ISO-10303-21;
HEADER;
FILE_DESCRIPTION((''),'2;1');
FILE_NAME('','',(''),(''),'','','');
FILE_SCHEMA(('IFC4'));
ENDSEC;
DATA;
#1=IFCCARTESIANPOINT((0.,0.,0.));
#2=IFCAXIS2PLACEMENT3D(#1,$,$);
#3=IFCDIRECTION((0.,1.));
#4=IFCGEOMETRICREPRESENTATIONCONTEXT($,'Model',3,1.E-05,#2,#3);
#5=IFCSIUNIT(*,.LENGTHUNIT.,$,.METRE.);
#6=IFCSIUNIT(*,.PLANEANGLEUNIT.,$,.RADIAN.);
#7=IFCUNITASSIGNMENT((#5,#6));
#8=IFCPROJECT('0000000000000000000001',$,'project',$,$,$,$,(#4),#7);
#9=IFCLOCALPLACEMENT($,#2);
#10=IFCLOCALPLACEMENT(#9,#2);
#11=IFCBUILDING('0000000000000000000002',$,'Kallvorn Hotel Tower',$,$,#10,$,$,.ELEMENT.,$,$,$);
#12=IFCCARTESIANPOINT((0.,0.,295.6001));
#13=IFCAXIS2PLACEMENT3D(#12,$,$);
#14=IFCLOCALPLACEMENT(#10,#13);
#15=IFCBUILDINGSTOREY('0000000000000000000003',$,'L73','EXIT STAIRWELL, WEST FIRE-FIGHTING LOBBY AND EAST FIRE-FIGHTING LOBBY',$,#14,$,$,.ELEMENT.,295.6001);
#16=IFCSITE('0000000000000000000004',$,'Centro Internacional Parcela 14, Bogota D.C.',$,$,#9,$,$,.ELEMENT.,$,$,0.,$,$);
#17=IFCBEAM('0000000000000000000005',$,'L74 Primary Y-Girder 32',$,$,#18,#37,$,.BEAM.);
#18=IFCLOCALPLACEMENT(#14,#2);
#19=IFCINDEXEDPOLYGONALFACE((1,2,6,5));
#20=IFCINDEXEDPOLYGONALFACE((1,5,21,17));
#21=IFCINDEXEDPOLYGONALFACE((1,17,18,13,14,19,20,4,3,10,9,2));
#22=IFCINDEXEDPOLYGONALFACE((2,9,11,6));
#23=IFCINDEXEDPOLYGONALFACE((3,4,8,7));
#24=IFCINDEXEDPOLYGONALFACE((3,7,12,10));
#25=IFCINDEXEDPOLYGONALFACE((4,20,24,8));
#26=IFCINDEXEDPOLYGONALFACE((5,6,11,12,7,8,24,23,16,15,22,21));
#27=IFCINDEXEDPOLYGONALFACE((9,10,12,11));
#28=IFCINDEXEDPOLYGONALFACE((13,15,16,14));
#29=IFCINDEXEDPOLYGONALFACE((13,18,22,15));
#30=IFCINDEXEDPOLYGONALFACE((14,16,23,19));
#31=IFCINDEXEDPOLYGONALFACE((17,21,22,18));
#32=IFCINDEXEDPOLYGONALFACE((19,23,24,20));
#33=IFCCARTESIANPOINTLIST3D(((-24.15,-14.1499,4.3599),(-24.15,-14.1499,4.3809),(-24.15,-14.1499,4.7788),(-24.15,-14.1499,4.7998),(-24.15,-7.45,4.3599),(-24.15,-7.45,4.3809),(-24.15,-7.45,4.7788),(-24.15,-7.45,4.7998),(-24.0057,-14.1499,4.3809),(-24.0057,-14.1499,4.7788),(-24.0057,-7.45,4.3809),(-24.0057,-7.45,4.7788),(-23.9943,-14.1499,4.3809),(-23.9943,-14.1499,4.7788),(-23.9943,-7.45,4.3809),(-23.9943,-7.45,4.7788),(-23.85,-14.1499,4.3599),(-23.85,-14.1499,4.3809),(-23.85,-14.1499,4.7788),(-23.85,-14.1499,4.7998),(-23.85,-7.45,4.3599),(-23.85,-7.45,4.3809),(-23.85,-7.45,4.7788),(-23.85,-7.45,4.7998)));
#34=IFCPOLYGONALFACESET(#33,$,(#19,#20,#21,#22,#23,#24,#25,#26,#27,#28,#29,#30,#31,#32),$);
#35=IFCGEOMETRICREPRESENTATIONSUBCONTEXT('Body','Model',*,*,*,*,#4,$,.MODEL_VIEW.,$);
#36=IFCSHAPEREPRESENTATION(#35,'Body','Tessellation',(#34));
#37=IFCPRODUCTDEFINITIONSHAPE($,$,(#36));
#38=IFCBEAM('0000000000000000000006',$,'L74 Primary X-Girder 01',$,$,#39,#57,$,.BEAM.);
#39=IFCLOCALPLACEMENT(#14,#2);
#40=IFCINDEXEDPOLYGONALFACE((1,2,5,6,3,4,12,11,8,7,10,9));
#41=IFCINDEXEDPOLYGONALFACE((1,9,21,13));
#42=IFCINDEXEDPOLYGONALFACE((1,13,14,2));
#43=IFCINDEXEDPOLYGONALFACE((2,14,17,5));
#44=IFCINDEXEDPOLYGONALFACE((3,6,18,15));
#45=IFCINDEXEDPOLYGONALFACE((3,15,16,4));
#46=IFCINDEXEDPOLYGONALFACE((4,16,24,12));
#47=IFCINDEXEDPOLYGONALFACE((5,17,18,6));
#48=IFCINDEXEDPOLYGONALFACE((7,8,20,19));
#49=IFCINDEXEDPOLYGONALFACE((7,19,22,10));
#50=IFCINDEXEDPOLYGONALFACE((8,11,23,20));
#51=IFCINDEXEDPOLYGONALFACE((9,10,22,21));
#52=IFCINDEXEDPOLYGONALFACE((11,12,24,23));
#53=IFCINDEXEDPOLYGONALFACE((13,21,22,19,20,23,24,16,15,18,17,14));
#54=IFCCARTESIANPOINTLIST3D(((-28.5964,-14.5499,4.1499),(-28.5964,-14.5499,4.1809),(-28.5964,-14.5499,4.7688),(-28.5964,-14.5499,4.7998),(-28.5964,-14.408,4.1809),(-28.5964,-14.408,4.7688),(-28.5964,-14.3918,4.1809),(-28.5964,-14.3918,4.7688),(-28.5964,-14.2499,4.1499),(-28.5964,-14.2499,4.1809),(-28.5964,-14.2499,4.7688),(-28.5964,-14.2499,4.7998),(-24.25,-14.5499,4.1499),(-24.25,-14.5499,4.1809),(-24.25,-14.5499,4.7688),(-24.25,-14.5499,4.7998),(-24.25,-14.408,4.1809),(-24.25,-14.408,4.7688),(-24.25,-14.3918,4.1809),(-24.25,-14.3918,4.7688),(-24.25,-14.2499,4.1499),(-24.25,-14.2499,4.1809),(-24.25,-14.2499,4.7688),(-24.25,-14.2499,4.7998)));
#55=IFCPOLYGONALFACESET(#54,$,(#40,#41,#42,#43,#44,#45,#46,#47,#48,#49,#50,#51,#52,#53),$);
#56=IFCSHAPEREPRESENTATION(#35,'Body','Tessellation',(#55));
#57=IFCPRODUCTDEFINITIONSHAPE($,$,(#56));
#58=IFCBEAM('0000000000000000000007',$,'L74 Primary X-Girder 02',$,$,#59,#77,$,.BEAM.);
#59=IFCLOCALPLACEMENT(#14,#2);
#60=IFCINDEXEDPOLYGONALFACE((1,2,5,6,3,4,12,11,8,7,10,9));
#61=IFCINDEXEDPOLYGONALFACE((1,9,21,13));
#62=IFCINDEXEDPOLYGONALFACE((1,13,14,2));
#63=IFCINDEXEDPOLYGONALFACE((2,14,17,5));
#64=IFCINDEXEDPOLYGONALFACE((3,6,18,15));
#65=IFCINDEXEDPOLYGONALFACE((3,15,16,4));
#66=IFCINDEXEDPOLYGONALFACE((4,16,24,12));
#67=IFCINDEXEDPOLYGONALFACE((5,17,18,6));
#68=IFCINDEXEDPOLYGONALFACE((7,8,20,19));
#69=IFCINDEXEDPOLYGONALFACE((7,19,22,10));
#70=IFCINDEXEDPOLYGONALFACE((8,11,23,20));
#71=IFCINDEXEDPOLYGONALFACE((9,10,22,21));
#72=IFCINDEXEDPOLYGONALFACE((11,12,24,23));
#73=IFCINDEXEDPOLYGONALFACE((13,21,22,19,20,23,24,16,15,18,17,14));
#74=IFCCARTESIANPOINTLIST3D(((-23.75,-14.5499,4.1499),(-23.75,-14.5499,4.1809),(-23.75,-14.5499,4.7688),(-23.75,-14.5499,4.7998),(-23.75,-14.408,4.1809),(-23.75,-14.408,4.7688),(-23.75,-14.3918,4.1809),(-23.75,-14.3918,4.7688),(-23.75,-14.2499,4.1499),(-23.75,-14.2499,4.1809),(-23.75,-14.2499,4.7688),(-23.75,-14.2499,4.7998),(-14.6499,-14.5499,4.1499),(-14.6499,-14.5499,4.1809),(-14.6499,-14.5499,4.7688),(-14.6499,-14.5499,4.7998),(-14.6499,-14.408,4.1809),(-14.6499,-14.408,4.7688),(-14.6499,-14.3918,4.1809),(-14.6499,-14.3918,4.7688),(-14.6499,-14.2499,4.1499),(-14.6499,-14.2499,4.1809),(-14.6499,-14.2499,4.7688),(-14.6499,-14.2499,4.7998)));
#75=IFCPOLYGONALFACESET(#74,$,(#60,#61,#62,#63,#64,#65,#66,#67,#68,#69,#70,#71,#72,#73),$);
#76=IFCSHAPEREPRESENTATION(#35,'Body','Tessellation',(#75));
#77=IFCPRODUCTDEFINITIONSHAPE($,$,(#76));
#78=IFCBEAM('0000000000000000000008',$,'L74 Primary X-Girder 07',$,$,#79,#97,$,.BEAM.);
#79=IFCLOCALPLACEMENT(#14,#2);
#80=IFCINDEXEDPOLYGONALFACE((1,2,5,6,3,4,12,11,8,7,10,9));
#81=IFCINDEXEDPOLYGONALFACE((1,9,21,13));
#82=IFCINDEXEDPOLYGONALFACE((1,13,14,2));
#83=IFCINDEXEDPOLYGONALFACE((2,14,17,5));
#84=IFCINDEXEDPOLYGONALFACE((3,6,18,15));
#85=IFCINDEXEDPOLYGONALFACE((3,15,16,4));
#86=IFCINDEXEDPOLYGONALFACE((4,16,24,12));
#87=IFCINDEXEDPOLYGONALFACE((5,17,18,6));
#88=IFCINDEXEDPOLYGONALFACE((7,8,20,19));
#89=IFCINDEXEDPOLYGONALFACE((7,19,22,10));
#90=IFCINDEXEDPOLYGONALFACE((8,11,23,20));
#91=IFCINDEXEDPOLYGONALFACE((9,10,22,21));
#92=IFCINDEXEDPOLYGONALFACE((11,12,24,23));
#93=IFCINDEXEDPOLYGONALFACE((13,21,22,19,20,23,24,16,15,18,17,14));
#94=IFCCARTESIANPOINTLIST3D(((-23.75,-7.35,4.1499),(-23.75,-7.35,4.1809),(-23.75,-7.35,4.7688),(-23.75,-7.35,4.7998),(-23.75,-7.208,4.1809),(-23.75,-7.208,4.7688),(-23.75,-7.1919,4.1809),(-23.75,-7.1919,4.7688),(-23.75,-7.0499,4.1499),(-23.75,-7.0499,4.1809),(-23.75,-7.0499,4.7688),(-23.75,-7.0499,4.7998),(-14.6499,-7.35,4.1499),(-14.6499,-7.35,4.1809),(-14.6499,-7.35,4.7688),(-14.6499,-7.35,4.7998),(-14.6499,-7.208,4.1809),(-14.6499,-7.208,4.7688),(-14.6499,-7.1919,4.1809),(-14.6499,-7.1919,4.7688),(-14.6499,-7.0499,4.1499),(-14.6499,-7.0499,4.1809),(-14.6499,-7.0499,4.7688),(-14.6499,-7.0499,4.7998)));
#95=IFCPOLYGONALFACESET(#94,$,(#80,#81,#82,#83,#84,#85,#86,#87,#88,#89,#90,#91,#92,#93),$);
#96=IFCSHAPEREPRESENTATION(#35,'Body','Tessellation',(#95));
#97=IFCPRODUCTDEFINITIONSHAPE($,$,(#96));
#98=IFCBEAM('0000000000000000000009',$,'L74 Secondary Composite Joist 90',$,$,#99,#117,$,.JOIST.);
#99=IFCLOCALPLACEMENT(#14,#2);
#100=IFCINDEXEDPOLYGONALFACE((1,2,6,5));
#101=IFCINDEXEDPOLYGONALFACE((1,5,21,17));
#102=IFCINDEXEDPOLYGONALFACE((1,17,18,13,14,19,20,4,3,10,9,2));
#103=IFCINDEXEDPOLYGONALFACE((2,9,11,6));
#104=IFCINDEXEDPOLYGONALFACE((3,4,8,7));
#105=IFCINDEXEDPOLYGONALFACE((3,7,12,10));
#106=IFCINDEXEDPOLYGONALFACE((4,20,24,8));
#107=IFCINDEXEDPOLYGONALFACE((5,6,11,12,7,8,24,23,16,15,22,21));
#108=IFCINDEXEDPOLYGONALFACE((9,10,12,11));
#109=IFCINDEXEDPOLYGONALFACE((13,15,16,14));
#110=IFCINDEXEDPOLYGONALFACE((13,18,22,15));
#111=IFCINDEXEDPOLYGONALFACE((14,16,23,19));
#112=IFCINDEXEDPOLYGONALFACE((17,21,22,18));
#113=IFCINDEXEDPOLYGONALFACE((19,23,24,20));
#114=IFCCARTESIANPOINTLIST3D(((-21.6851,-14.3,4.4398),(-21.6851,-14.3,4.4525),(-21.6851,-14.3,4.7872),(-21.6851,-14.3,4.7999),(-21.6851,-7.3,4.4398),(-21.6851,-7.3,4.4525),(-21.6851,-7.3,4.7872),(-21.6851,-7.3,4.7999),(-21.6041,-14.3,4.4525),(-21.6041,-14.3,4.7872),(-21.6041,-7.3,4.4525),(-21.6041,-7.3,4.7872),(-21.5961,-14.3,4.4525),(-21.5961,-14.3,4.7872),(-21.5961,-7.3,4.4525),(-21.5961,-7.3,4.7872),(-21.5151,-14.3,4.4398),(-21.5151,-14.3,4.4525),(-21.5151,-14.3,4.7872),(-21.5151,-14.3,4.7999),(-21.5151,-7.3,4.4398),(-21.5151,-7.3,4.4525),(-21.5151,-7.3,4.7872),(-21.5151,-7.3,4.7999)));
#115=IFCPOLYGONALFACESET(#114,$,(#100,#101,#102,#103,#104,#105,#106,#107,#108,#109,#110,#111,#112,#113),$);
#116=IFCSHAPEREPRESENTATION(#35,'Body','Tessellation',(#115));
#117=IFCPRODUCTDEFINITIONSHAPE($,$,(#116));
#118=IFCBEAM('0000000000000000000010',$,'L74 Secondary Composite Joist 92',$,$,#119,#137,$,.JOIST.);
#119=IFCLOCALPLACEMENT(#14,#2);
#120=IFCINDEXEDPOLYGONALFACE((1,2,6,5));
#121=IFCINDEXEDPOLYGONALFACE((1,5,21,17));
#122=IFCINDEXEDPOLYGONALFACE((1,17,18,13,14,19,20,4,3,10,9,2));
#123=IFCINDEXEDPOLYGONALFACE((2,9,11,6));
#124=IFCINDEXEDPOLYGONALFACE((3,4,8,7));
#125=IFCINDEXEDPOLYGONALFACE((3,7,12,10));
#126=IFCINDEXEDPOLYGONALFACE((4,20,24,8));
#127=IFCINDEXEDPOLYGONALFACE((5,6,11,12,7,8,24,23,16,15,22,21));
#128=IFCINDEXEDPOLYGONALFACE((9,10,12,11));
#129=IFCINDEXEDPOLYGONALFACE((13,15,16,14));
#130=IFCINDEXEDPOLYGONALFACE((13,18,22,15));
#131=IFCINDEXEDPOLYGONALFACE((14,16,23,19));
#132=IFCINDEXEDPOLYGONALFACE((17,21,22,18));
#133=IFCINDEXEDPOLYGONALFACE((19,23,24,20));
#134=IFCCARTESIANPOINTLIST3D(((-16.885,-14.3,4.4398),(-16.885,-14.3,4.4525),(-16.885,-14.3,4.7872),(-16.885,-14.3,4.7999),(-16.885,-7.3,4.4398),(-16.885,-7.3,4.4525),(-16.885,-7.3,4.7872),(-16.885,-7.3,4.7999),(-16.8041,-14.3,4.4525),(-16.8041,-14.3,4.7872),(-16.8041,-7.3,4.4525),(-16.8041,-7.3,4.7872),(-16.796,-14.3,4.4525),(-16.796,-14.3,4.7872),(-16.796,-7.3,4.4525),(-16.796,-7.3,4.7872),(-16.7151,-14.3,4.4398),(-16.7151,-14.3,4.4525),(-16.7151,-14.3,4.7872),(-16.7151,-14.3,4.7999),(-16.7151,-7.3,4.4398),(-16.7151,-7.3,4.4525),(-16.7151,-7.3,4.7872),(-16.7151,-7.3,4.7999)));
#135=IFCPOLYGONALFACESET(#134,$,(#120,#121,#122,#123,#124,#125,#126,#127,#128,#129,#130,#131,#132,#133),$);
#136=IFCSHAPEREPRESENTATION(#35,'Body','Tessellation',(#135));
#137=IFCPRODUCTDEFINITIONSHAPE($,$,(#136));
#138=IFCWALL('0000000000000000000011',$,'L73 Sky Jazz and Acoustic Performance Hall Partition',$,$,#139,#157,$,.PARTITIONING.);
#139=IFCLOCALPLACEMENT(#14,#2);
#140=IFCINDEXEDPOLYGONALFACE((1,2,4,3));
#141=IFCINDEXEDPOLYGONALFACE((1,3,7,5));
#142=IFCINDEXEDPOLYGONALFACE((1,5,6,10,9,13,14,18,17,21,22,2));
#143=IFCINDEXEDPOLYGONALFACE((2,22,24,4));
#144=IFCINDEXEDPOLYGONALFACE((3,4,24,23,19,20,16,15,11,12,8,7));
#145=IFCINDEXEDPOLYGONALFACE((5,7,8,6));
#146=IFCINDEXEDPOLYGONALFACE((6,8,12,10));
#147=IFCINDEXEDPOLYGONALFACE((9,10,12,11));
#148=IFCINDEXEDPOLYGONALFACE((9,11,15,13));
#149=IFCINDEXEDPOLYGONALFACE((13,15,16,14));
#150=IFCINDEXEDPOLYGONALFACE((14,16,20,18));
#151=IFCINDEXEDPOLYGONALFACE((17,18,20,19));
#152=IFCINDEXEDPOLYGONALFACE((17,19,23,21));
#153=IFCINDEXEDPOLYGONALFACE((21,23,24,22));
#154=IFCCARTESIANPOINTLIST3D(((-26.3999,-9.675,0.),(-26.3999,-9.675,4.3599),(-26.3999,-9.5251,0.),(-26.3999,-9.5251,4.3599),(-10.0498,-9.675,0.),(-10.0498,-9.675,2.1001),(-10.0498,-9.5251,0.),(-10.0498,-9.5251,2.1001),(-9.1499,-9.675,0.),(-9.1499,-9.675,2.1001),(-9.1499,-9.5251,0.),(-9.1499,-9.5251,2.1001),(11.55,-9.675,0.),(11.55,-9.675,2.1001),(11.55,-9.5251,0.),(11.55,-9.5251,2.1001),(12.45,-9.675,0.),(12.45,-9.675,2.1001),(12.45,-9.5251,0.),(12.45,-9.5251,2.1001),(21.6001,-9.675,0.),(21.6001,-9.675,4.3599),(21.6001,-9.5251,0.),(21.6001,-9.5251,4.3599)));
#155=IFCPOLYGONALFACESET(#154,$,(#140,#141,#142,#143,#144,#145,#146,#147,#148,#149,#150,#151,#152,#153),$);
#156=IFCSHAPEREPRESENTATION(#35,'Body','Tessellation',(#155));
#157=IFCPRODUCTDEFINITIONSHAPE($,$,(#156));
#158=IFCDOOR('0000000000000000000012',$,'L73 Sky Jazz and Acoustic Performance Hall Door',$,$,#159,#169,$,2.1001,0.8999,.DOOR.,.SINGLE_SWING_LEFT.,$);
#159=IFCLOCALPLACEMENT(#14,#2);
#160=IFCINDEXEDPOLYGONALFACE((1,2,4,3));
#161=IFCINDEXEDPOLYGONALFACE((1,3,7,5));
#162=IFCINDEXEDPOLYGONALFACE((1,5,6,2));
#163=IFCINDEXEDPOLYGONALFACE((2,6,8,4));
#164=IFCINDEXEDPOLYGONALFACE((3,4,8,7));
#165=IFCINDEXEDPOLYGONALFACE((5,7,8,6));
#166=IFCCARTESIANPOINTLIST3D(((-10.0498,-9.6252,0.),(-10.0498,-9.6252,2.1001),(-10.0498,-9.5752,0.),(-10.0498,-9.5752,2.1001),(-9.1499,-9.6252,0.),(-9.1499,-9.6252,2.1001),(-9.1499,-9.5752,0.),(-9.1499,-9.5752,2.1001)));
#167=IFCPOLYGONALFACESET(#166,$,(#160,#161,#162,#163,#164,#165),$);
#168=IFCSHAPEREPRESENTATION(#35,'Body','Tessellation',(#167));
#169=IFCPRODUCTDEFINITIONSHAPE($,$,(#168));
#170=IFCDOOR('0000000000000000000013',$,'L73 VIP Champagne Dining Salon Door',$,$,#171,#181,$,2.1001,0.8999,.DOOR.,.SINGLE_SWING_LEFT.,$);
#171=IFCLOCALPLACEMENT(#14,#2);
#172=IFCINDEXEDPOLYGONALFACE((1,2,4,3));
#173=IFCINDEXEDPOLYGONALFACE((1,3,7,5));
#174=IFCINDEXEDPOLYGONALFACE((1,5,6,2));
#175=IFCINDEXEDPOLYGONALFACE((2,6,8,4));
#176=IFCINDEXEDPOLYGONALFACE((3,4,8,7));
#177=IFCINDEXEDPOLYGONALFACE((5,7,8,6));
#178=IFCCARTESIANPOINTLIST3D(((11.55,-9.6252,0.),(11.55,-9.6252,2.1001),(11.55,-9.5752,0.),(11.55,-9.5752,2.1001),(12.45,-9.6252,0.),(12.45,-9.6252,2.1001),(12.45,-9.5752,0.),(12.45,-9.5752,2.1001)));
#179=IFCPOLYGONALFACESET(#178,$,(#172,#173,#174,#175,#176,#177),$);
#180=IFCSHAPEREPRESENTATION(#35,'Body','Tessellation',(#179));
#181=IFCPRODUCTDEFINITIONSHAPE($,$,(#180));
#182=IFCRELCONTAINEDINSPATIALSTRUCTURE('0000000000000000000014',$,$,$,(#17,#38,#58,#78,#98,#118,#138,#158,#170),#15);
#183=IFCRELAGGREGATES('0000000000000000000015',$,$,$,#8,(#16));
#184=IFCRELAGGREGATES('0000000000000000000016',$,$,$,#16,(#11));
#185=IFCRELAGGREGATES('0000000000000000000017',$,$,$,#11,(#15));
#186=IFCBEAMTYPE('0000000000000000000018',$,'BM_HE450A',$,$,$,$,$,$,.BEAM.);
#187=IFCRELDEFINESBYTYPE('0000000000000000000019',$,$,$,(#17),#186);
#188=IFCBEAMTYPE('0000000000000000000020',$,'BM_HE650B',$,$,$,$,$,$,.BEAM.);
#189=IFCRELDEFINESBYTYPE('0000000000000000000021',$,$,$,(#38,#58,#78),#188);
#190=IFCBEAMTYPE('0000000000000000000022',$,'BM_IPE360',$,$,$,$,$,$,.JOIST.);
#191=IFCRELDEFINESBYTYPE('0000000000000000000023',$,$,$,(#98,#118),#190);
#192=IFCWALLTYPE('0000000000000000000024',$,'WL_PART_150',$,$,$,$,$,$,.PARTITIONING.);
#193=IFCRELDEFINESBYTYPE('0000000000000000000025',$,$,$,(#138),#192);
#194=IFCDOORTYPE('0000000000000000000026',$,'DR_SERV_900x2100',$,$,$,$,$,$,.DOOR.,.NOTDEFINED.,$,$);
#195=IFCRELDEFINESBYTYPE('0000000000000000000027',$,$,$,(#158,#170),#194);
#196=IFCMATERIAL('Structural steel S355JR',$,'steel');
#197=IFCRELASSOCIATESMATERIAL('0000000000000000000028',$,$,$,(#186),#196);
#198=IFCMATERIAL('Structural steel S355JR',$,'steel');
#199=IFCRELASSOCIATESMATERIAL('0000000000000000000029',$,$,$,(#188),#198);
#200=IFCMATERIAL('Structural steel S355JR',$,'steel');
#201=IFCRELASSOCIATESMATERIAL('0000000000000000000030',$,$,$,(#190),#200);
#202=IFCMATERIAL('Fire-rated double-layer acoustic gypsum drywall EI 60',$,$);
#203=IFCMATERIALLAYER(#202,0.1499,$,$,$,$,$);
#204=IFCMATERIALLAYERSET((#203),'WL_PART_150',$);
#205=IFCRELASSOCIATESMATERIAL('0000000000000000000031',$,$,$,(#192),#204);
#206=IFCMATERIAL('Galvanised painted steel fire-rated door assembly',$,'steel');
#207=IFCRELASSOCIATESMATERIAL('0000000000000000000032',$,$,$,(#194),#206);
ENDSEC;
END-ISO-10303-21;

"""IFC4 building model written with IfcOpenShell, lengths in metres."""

from ifc_helpers import new_model, si_unit, direction, frame, frame_2d, origin, origin_2d, place, context, subcontext, project, spatial, rectangle, i_section, extrude, material, layer, layer_set, material_profile, profile_set, type_object, element, fill, save


model = new_model("IFC4")

# Units and contexts
model_context = context("Model", 3, precision=1e-05, world=origin(), true_north=direction((0.0, 1.0)))
body_context = subcontext(model_context, "Body", "Model", "MODEL_VIEW")
ifc_project = project(units=[si_unit("LENGTHUNIT", "METRE"), si_unit("PLANEANGLEUNIT", "RADIAN")], contexts=[model_context])

# Site, building, storey
site_placement = place(None, origin())
site = spatial("IfcSite", under=ifc_project, at=site_placement, Name="Centro Internacional Parcela 14, Bogota D.C.", CompositionType="ELEMENT", RefElevation=0.0)
building_placement = place(site_placement, origin())
building = spatial("IfcBuilding", under=site, at=building_placement, Name="Kallvorn Hotel Tower", CompositionType="ELEMENT")
storey_placement = place(building_placement, frame((0.0, 0.0, 295.6001)))
storey = spatial("IfcBuildingStorey", under=building, at=storey_placement, Name="L73", Description="EXIT STAIRWELL, WEST FIRE-FIGHTING LOBBY AND EAST FIRE-FIGHTING LOBBY", CompositionType="ELEMENT", Elevation=295.6001)

# Beams
ifc_material_1 = material(Name="Structural steel S355JR", Category="steel")
ifc_material_profile_1 = material_profile(ifc_material_1, i_section(OverallWidth=0.3, OverallDepth=0.4399, WebThickness=0.0115, FlangeThickness=0.021, at=origin_2d()), Name="HE 450 A")
ifc_profile_set_1 = profile_set([ifc_material_profile_1], Name="Structural steel S355JR")
beam_type_1 = type_object("IfcBeamType", Name="BM_HE450A", PredefinedType="BEAM", material=ifc_profile_set_1)
beam_1_placement = place(storey_placement, frame((-24.0, -14.1499, 4.5798), z_axis=(0.0, 1.0, 0.0), x_axis=(-1.0, 0.0, 0.0)))
element("IfcBeam", 1, at=beam_1_placement, inside=storey, type_object=beam_type_1, Name="L74 Primary Y-Girder 32", PredefinedType="BEAM", context=body_context, shape_type="SweptSolid", body=[
    extrude(i_section(OverallWidth=0.3, OverallDepth=0.4399, WebThickness=0.0115, FlangeThickness=0.021, at=origin_2d()), origin(), (0.0, 0.0, 1.0), 6.7),
])
ifc_material_2 = material(Name="Structural steel S355JR", Category="steel")
ifc_material_profile_2 = material_profile(ifc_material_2, i_section(OverallWidth=0.3, OverallDepth=0.6499, WebThickness=0.0161, FlangeThickness=0.031, at=origin_2d()), Name="HE 650 B")
ifc_profile_set_2 = profile_set([ifc_material_profile_2], Name="Structural steel S355JR")
beam_type_2 = type_object("IfcBeamType", Name="BM_HE650B", PredefinedType="BEAM", material=ifc_profile_set_2)
beam_2_placement = place(storey_placement, frame((-28.5964, -14.3999, 4.4749), z_axis=(1.0, 0.0, 0.0), x_axis=(0.0, 1.0, 0.0)))
element("IfcBeam", 2, at=beam_2_placement, inside=storey, type_object=beam_type_2, Name="L74 Primary X-Girder 01", PredefinedType="BEAM", context=body_context, shape_type="SweptSolid", body=[
    extrude(i_section(OverallWidth=0.3, OverallDepth=0.6499, WebThickness=0.0161, FlangeThickness=0.031, at=origin_2d()), origin(), (0.0, 0.0, 1.0), 4.3464),
])
for number, where, z_axis, x_axis, name in (
    (3, (-23.75, -14.3999, 4.4749), (1.0, 0.0, 0.0), (0.0, 1.0, 0.0), "L74 Primary X-Girder 02"),
    (4, (-23.75, -7.2, 4.4749), (1.0, 0.0, 0.0), (0.0, 1.0, 0.0), "L74 Primary X-Girder 07"),
):
    element("IfcBeam", number, at=place(storey_placement, frame(where, z_axis=z_axis, x_axis=x_axis)), inside=storey, type_object=beam_type_2, Name=name, PredefinedType="BEAM", context=body_context, shape_type="SweptSolid", body=[
        extrude(i_section(OverallWidth=0.3, OverallDepth=0.6499, WebThickness=0.0161, FlangeThickness=0.031, at=origin_2d()), origin(), (0.0, 0.0, 1.0), 9.1001),
    ])
ifc_material_3 = material(Name="Structural steel S355JR", Category="steel")
ifc_material_profile_3 = material_profile(ifc_material_3, i_section(OverallWidth=0.1699, OverallDepth=0.3601, WebThickness=0.0081, FlangeThickness=0.0127, at=origin_2d()), Name="IPE 360")
ifc_profile_set_3 = profile_set([ifc_material_profile_3], Name="Structural steel S355JR")
beam_type_3 = type_object("IfcBeamType", Name="BM_IPE360", PredefinedType="JOIST", material=ifc_profile_set_3)
for number, where, z_axis, x_axis, name in (
    (5, (-21.6001, -14.3, 4.6199), (0.0, 1.0, 0.0), (-1.0, 0.0, 0.0), "L74 Secondary Composite Joist 90"),
    (6, (-16.8, -14.3, 4.6199), (0.0, 1.0, 0.0), (-1.0, 0.0, 0.0), "L74 Secondary Composite Joist 92"),
):
    element("IfcBeam", number, at=place(storey_placement, frame(where, z_axis=z_axis, x_axis=x_axis)), inside=storey, type_object=beam_type_3, Name=name, PredefinedType="JOIST", context=body_context, shape_type="SweptSolid", body=[
        extrude(i_section(OverallWidth=0.1699, OverallDepth=0.3601, WebThickness=0.0081, FlangeThickness=0.0127, at=origin_2d()), origin(), (0.0, 0.0, 1.0), 7.0),
    ])

# Wall, openings, doors
ifc_material_4 = material(Name="Fire-rated double-layer acoustic gypsum drywall EI 60")
ifc_layer = layer(ifc_material_4, 0.1499)
ifc_layer_set = layer_set([ifc_layer], Name="WL_PART_150")
wall_type = type_object("IfcWallType", Name="WL_PART_150", PredefinedType="PARTITIONING", material=ifc_layer_set)
wall_1_placement = place(storey_placement, frame((-26.3999, -9.6001, 0.0), z_axis=(0.0, 0.0, 1.0), x_axis=(1.0, 0.0, 0.0)))
wall_1 = element("IfcWall", 7, at=wall_1_placement, inside=storey, type_object=wall_type, Name="L73 Sky Jazz and Acoustic Performance Hall Partition", PredefinedType="PARTITIONING", context=body_context, shape_type="SweptSolid", body=[
    extrude(rectangle(XDim=48.0, YDim=0.1499, at=frame_2d((24.0, 0.0))), origin(), (0.0, 0.0, 1.0), 4.3599),
])
opening_1_placement = place(wall_1_placement, frame((16.3501, 0.0, 0.0)))
opening_1 = element("IfcOpeningElement", 8, at=opening_1_placement, cuts=wall_1, PredefinedType="OPENING", context=body_context, shape_type="SweptSolid", body=[
    extrude(rectangle(XDim=0.8999, YDim=2.1001, at=frame_2d((0.45, 1.05))), frame((0.0, 0.0898, 0.0), z_axis=(0.0, -1.0, 0.0), x_axis=(1.0, 0.0, 0.0)), (0.0, 0.0, 1.0), 0.1799),
])
opening_2_placement = place(wall_1_placement, frame((37.95, 0.0, 0.0)))
opening_2 = element("IfcOpeningElement", 9, at=opening_2_placement, cuts=wall_1, PredefinedType="OPENING", context=body_context, shape_type="SweptSolid", body=[
    extrude(rectangle(XDim=0.8999, YDim=2.1001, at=frame_2d((0.45, 1.05))), frame((0.0, 0.0898, 0.0), z_axis=(0.0, -1.0, 0.0), x_axis=(1.0, 0.0, 0.0)), (0.0, 0.0, 1.0), 0.1799),
])
ifc_material_5 = material(Name="Galvanised painted steel fire-rated door assembly", Category="steel")
door_type = type_object("IfcDoorType", Name="DR_SERV_900x2100", OperationType="NOTDEFINED", PredefinedType="DOOR", material=ifc_material_5)
door_1_placement = place(opening_1_placement, origin())
door_1 = element("IfcDoor", 10, at=door_1_placement, inside=storey, type_object=door_type, Name="L73 Sky Jazz and Acoustic Performance Hall Door", OperationType="SINGLE_SWING_LEFT", OverallHeight=2.1001, OverallWidth=0.8999, PredefinedType="DOOR", context=body_context, shape_type="SweptSolid", body=[
    extrude(rectangle(XDim=0.8999, YDim=2.1001, at=frame_2d((0.45, 1.05))), frame((0.0, 0.0249, 0.0), z_axis=(0.0, -1.0, 0.0), x_axis=(1.0, 0.0, 0.0)), (0.0, 0.0, 1.0), 0.05),
])
fill(opening_1, door_1)
door_2_placement = place(opening_2_placement, origin())
door_2 = element("IfcDoor", 11, at=door_2_placement, inside=storey, type_object=door_type, Name="L73 VIP Champagne Dining Salon Door", OperationType="SINGLE_SWING_LEFT", OverallHeight=2.1001, OverallWidth=0.8999, PredefinedType="DOOR", context=body_context, shape_type="SweptSolid", body=[
    extrude(rectangle(XDim=0.8999, YDim=2.1001, at=frame_2d((0.45, 1.05))), frame((0.0, 0.0249, 0.0), z_axis=(0.0, -1.0, 0.0), x_axis=(1.0, 0.0, 0.0)), (0.0, 0.0, 1.0), 0.05),
])
fill(opening_2, door_2)

save(model, "model.ifc")
